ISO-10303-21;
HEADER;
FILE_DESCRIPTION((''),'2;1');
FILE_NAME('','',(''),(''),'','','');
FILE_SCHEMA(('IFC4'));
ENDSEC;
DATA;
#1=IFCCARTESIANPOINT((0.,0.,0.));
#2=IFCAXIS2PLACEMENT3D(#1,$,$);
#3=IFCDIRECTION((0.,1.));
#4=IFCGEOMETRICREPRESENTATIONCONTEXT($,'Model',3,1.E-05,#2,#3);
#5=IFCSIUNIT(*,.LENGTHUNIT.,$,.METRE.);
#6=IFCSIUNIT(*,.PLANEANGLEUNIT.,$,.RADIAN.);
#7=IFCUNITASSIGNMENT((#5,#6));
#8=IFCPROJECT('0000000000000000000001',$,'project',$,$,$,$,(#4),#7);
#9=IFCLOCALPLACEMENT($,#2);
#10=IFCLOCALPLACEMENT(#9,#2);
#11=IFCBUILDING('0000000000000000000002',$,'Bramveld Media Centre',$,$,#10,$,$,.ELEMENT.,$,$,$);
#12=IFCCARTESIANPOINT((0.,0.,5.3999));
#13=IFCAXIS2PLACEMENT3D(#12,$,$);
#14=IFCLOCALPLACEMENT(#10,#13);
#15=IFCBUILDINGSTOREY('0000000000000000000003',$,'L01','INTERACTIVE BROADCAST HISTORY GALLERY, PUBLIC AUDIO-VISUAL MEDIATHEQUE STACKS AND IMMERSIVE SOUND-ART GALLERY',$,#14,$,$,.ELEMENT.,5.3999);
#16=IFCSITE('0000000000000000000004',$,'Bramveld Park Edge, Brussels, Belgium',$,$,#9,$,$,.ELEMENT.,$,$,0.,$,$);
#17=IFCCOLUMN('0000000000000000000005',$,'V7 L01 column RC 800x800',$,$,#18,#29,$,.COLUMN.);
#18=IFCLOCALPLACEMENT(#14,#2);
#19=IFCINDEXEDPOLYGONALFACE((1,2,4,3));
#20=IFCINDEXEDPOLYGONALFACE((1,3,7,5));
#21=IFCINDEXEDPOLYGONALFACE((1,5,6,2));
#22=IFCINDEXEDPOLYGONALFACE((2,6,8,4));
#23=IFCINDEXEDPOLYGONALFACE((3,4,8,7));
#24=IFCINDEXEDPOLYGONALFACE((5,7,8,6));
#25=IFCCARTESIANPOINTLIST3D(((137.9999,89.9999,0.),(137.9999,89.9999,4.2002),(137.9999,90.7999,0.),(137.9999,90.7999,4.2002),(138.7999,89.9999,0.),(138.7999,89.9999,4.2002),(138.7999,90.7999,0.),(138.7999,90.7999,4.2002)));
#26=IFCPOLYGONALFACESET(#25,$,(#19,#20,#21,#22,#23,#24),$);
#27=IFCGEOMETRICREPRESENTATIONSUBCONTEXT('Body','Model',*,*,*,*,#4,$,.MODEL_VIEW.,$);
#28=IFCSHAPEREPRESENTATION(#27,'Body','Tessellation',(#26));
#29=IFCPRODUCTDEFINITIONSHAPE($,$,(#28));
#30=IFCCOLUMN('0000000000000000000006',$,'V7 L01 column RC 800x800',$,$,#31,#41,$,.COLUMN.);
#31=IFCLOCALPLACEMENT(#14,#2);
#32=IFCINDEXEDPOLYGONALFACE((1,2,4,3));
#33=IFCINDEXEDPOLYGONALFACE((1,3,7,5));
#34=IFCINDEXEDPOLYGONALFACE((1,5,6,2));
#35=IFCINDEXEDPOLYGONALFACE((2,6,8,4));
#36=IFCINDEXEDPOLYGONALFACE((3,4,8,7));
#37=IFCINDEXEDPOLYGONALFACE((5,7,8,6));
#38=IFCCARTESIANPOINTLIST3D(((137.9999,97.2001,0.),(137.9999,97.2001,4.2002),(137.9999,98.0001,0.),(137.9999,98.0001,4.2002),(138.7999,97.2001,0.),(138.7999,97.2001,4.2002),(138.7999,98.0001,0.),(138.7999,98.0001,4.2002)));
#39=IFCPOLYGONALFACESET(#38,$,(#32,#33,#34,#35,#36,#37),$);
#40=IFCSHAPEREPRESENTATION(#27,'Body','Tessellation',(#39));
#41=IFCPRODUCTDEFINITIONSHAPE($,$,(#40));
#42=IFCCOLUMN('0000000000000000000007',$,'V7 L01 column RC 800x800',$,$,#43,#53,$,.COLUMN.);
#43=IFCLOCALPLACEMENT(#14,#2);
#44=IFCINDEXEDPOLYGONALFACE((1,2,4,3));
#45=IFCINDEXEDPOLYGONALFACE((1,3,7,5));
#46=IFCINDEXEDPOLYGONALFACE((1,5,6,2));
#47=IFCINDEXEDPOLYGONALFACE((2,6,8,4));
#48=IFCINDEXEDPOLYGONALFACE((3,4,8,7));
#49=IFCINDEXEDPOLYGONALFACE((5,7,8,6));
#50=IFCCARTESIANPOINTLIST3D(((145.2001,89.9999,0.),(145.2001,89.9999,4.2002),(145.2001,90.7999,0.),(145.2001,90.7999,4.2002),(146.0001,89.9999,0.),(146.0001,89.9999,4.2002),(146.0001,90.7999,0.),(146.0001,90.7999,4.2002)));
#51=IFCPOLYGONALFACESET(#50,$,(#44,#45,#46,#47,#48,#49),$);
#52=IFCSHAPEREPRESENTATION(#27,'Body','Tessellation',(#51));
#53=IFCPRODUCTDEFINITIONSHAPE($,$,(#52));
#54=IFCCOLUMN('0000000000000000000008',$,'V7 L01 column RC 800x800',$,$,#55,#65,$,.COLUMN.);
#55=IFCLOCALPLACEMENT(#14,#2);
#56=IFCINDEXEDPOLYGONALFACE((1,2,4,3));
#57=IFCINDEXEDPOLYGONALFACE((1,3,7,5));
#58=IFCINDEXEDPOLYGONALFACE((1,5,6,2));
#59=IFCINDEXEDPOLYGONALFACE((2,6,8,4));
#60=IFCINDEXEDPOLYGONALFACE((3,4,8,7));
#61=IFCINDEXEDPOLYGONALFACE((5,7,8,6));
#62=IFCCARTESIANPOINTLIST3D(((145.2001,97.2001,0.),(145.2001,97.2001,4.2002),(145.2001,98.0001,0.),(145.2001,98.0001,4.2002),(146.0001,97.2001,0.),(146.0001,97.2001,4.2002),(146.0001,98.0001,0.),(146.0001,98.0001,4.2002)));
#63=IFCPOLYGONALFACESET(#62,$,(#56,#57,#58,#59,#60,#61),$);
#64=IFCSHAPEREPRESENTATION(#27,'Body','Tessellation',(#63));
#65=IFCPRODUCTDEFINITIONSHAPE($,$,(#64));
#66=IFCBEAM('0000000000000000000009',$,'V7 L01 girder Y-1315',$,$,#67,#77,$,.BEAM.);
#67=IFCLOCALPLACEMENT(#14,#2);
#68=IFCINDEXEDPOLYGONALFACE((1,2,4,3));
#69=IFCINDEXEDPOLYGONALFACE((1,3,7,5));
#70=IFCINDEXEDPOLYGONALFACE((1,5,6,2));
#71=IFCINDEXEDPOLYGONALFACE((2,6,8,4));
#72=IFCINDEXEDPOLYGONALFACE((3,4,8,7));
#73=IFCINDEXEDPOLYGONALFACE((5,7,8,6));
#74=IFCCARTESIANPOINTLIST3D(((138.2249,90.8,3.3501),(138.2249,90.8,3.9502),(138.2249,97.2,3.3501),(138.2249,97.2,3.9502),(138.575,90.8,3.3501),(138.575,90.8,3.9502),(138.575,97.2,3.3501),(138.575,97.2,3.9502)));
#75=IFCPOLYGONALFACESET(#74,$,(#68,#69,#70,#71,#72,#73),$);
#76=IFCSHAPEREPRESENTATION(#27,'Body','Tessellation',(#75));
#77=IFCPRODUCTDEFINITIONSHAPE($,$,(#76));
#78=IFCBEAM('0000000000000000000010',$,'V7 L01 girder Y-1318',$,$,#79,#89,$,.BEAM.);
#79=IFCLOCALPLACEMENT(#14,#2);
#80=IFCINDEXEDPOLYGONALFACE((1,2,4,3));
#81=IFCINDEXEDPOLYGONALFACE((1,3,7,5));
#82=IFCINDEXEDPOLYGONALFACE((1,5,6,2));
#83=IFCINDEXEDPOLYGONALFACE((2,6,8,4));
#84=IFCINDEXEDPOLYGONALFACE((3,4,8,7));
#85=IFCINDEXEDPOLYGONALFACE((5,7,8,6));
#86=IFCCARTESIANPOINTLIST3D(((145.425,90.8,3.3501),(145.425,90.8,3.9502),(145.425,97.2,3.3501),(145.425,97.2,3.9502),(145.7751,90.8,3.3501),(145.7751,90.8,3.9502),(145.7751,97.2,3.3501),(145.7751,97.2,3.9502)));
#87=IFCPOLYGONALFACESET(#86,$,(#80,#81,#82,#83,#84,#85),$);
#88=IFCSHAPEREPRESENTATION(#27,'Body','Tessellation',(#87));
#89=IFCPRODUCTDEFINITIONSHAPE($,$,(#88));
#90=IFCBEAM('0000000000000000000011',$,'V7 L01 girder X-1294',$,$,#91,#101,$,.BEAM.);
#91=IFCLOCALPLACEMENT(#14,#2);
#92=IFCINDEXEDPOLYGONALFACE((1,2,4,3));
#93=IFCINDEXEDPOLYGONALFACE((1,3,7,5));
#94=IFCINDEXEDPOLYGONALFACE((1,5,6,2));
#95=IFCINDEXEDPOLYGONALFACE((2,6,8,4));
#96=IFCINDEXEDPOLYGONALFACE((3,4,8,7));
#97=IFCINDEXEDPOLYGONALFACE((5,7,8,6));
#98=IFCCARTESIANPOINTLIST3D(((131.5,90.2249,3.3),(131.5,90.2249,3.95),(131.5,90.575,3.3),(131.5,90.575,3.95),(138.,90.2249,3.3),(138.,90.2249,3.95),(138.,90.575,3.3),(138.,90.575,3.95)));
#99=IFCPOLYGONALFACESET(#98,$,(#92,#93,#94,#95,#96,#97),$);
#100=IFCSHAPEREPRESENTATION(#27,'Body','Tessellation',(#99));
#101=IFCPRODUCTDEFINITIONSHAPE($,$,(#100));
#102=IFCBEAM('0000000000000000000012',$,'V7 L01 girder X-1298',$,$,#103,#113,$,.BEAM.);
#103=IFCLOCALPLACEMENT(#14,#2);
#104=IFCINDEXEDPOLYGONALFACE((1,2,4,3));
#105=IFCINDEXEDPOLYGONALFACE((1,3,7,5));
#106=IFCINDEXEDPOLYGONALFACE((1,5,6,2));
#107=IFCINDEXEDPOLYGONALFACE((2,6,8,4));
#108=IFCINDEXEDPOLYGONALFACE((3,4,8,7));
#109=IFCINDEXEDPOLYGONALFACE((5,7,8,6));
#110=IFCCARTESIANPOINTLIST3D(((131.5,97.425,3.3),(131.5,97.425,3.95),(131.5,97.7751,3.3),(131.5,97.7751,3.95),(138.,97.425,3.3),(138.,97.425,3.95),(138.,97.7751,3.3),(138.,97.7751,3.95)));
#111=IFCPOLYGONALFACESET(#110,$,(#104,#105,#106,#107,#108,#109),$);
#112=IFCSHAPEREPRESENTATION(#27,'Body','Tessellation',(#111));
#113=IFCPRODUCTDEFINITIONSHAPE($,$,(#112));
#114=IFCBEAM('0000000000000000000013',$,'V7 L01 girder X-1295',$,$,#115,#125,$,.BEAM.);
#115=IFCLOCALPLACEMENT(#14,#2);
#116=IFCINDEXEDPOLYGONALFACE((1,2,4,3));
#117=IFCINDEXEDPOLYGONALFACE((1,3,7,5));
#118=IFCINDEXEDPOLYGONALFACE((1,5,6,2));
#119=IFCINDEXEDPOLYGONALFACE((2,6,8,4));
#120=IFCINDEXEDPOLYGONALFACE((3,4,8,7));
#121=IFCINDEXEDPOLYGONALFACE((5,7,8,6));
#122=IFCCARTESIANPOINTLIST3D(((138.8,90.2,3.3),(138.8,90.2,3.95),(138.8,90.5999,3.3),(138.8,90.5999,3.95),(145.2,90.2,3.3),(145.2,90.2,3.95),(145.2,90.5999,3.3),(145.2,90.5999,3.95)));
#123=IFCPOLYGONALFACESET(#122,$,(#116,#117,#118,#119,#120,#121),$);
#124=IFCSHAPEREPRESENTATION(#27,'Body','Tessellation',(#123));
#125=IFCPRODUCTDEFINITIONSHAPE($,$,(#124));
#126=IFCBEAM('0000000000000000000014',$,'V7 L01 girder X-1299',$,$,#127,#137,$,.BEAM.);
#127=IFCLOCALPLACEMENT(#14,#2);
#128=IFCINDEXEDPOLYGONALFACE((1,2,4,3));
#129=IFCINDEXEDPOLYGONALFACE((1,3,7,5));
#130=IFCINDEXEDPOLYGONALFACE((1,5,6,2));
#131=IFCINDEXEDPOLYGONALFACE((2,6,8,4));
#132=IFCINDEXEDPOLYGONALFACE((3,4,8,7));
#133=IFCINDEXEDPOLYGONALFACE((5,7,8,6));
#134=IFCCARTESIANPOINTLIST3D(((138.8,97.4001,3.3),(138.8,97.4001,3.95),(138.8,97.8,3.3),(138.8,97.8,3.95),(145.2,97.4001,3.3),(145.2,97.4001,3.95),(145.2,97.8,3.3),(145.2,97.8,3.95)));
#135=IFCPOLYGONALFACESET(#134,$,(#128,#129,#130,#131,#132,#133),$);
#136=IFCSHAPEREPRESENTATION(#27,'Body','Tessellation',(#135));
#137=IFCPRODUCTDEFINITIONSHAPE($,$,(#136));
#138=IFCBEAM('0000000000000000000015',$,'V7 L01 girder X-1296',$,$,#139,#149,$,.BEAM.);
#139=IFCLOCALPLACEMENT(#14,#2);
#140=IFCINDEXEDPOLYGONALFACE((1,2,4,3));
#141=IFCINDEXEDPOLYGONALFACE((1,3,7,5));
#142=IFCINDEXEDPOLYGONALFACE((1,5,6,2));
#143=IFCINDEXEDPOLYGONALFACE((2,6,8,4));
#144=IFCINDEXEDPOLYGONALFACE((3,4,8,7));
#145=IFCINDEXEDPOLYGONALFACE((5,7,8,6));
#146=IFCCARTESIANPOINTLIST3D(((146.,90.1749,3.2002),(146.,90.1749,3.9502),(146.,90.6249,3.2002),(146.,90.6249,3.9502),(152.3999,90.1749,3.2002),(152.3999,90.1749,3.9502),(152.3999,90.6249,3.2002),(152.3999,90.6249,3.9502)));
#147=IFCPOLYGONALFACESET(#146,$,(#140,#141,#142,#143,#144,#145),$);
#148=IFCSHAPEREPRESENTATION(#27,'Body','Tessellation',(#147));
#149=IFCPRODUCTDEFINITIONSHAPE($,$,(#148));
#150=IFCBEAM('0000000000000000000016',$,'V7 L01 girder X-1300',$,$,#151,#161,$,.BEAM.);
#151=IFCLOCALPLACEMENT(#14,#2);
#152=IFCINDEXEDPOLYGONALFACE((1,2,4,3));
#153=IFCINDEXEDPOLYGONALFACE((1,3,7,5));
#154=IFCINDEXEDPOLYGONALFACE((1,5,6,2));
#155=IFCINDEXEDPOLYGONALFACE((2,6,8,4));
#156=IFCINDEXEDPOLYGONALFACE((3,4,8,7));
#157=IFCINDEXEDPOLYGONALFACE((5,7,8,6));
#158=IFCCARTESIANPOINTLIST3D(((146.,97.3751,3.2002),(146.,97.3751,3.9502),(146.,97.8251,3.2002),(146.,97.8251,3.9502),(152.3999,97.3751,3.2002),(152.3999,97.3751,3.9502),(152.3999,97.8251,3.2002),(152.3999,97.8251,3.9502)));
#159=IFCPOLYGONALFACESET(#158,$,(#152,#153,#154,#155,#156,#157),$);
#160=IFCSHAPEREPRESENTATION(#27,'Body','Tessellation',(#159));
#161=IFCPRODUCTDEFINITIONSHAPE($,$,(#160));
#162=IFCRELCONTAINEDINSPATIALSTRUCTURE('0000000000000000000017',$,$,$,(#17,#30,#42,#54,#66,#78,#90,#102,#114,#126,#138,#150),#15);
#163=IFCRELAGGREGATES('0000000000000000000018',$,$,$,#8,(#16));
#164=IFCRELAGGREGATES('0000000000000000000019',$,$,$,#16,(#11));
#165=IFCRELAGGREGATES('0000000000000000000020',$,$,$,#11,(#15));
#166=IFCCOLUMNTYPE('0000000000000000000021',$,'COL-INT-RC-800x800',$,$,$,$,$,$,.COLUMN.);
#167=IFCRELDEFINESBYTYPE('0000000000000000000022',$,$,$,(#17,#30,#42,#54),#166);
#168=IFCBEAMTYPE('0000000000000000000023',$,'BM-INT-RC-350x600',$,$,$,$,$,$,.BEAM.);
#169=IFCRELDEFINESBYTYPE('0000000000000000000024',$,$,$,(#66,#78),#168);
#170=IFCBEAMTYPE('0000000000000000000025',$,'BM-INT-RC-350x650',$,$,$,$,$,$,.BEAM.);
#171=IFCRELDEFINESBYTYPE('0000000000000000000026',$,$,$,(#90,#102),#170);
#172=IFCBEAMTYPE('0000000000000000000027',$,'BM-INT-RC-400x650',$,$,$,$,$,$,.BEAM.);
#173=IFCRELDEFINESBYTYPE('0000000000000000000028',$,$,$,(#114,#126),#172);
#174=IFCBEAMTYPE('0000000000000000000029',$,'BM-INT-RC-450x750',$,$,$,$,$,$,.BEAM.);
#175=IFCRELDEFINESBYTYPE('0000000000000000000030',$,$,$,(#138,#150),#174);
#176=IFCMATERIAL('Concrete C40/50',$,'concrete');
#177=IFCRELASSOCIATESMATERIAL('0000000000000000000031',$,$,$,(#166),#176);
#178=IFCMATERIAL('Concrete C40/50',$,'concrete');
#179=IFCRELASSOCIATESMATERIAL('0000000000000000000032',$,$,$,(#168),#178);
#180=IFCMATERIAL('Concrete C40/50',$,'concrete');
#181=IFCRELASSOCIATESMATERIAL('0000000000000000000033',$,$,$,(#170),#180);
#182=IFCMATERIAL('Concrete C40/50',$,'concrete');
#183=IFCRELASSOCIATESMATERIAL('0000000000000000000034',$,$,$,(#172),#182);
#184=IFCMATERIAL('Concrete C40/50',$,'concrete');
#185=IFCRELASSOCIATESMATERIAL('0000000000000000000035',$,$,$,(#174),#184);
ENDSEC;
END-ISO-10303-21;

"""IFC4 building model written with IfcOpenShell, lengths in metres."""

from ifc_helpers import new_model, si_unit, direction, frame, origin, origin_2d, place, context, subcontext, project, spatial, rectangle, extrude, material, material_profile, profile_set, type_object, element, save


model = new_model("IFC4")

# Units and contexts
model_context = context("Model", 3, precision=1e-05, world=origin(), true_north=direction((0.0, 1.0)))
body_context = subcontext(model_context, "Body", "Model", "MODEL_VIEW")
ifc_project = project(units=[si_unit("LENGTHUNIT", "METRE"), si_unit("PLANEANGLEUNIT", "RADIAN")], contexts=[model_context])

# Site, building, storey
site_placement = place(None, origin())
site = spatial("IfcSite", under=ifc_project, at=site_placement, Name="Bramveld Park Edge, Brussels, Belgium", CompositionType="ELEMENT", RefElevation=0.0)
building_placement = place(site_placement, origin())
building = spatial("IfcBuilding", under=site, at=building_placement, Name="Bramveld Media Centre", CompositionType="ELEMENT")
storey_placement = place(building_placement, frame((0.0, 0.0, 5.3999)))
storey = spatial("IfcBuildingStorey", under=building, at=storey_placement, Name="L01", Description="INTERACTIVE BROADCAST HISTORY GALLERY, PUBLIC AUDIO-VISUAL MEDIATHEQUE STACKS AND IMMERSIVE SOUND-ART GALLERY", CompositionType="ELEMENT", Elevation=5.3999)

# Columns
ifc_material_1 = material(Name="Concrete C40/50", Category="concrete")
ifc_material_profile_1 = material_profile(ifc_material_1, rectangle(XDim=0.8, YDim=0.8, at=origin_2d()), Name="RC 800x800")
ifc_profile_set_1 = profile_set([ifc_material_profile_1], Name="Concrete C40/50")
column_type = type_object("IfcColumnType", Name="COL-INT-RC-800x800", PredefinedType="COLUMN", material=ifc_profile_set_1)
for number, where, z_axis, x_axis, name in (
    (1, (138.3999, 90.3999, 0.0), (0.0, 0.0, 1.0), (1.0, 0.0, 0.0), "V7 L01 column RC 800x800"),
    (2, (138.3999, 97.6001, 0.0), (0.0, 0.0, 1.0), (1.0, 0.0, 0.0), "V7 L01 column RC 800x800"),
    (3, (145.6001, 90.3999, 0.0), (0.0, 0.0, 1.0), (1.0, 0.0, 0.0), "V7 L01 column RC 800x800"),
    (4, (145.6001, 97.6001, 0.0), (0.0, 0.0, 1.0), (1.0, 0.0, 0.0), "V7 L01 column RC 800x800"),
):
    element("IfcColumn", number, at=place(storey_placement, frame(where, z_axis=z_axis, x_axis=x_axis)), inside=storey, type_object=column_type, Name=name, PredefinedType="COLUMN", context=body_context, shape_type="SweptSolid", body=[
        extrude(rectangle(XDim=0.8, YDim=0.8, at=origin_2d()), origin(), (0.0, 0.0, 1.0), 4.2002),
    ])

# Beams
ifc_material_2 = material(Name="Concrete C40/50", Category="concrete")
ifc_material_profile_2 = material_profile(ifc_material_2, rectangle(XDim=0.3501, YDim=0.6001, at=origin_2d()), Name="RC 350x600")
ifc_profile_set_2 = profile_set([ifc_material_profile_2], Name="Concrete C40/50")
beam_type_1 = type_object("IfcBeamType", Name="BM-INT-RC-350x600", PredefinedType="BEAM", material=ifc_profile_set_2)
for number, where, z_axis, x_axis, name in (
    (5, (138.3999, 90.8, 3.6501), (0.0, 1.0, 0.0), (-1.0, 0.0, 0.0), "V7 L01 girder Y-1315"),
    (6, (145.6001, 90.8, 3.6501), (0.0, 1.0, 0.0), (-1.0, 0.0, 0.0), "V7 L01 girder Y-1318"),
):
    element("IfcBeam", number, at=place(storey_placement, frame(where, z_axis=z_axis, x_axis=x_axis)), inside=storey, type_object=beam_type_1, Name=name, PredefinedType="BEAM", context=body_context, shape_type="SweptSolid", body=[
        extrude(rectangle(XDim=0.3501, YDim=0.6001, at=origin_2d()), origin(), (0.0, 0.0, 1.0), 6.3999),
    ])
ifc_material_3 = material(Name="Concrete C40/50", Category="concrete")
ifc_material_profile_3 = material_profile(ifc_material_3, rectangle(XDim=0.3501, YDim=0.6499, at=origin_2d()), Name="RC 350x650")
ifc_profile_set_3 = profile_set([ifc_material_profile_3], Name="Concrete C40/50")
beam_type_2 = type_object("IfcBeamType", Name="BM-INT-RC-350x650", PredefinedType="BEAM", material=ifc_profile_set_3)
for number, where, z_axis, x_axis, name in (
    (7, (131.5, 90.3999, 3.625), (1.0, 0.0, 0.0), (0.0, 1.0, 0.0), "V7 L01 girder X-1294"),
    (8, (131.5, 97.6001, 3.625), (1.0, 0.0, 0.0), (0.0, 1.0, 0.0), "V7 L01 girder X-1298"),
):
    element("IfcBeam", number, at=place(storey_placement, frame(where, z_axis=z_axis, x_axis=x_axis)), inside=storey, type_object=beam_type_2, Name=name, PredefinedType="BEAM", context=body_context, shape_type="SweptSolid", body=[
        extrude(rectangle(XDim=0.3501, YDim=0.6499, at=origin_2d()), origin(), (0.0, 0.0, 1.0), 6.5),
    ])
ifc_material_4 = material(Name="Concrete C40/50", Category="concrete")
ifc_material_profile_4 = material_profile(ifc_material_4, rectangle(XDim=0.3999, YDim=0.6499, at=origin_2d()), Name="RC 400x650")
ifc_profile_set_4 = profile_set([ifc_material_profile_4], Name="Concrete C40/50")
beam_type_3 = type_object("IfcBeamType", Name="BM-INT-RC-400x650", PredefinedType="BEAM", material=ifc_profile_set_4)
for number, where, z_axis, x_axis, name in (
    (9, (138.8, 90.3999, 3.625), (1.0, 0.0, 0.0), (0.0, 1.0, 0.0), "V7 L01 girder X-1295"),
    (10, (138.8, 97.6001, 3.625), (1.0, 0.0, 0.0), (0.0, 1.0, 0.0), "V7 L01 girder X-1299"),
):
    element("IfcBeam", number, at=place(storey_placement, frame(where, z_axis=z_axis, x_axis=x_axis)), inside=storey, type_object=beam_type_3, Name=name, PredefinedType="BEAM", context=body_context, shape_type="SweptSolid", body=[
        extrude(rectangle(XDim=0.3999, YDim=0.6499, at=origin_2d()), origin(), (0.0, 0.0, 1.0), 6.3999),
    ])
ifc_material_5 = material(Name="Concrete C40/50", Category="concrete")
ifc_material_profile_5 = material_profile(ifc_material_5, rectangle(XDim=0.45, YDim=0.75, at=origin_2d()), Name="RC 450x750")
ifc_profile_set_5 = profile_set([ifc_material_profile_5], Name="Concrete C40/50")
beam_type_4 = type_object("IfcBeamType", Name="BM-INT-RC-450x750", PredefinedType="BEAM", material=ifc_profile_set_5)
for number, where, z_axis, x_axis, name in (
    (11, (146.0, 90.3999, 3.5752), (1.0, 0.0, 0.0), (0.0, 1.0, 0.0), "V7 L01 girder X-1296"),
    (12, (146.0, 97.6001, 3.5752), (1.0, 0.0, 0.0), (0.0, 1.0, 0.0), "V7 L01 girder X-1300"),
):
    element("IfcBeam", number, at=place(storey_placement, frame(where, z_axis=z_axis, x_axis=x_axis)), inside=storey, type_object=beam_type_4, Name=name, PredefinedType="BEAM", context=body_context, shape_type="SweptSolid", body=[
        extrude(rectangle(XDim=0.45, YDim=0.75, at=origin_2d()), origin(), (0.0, 0.0, 1.0), 6.3999),
    ])

save(model, "model.ifc")
